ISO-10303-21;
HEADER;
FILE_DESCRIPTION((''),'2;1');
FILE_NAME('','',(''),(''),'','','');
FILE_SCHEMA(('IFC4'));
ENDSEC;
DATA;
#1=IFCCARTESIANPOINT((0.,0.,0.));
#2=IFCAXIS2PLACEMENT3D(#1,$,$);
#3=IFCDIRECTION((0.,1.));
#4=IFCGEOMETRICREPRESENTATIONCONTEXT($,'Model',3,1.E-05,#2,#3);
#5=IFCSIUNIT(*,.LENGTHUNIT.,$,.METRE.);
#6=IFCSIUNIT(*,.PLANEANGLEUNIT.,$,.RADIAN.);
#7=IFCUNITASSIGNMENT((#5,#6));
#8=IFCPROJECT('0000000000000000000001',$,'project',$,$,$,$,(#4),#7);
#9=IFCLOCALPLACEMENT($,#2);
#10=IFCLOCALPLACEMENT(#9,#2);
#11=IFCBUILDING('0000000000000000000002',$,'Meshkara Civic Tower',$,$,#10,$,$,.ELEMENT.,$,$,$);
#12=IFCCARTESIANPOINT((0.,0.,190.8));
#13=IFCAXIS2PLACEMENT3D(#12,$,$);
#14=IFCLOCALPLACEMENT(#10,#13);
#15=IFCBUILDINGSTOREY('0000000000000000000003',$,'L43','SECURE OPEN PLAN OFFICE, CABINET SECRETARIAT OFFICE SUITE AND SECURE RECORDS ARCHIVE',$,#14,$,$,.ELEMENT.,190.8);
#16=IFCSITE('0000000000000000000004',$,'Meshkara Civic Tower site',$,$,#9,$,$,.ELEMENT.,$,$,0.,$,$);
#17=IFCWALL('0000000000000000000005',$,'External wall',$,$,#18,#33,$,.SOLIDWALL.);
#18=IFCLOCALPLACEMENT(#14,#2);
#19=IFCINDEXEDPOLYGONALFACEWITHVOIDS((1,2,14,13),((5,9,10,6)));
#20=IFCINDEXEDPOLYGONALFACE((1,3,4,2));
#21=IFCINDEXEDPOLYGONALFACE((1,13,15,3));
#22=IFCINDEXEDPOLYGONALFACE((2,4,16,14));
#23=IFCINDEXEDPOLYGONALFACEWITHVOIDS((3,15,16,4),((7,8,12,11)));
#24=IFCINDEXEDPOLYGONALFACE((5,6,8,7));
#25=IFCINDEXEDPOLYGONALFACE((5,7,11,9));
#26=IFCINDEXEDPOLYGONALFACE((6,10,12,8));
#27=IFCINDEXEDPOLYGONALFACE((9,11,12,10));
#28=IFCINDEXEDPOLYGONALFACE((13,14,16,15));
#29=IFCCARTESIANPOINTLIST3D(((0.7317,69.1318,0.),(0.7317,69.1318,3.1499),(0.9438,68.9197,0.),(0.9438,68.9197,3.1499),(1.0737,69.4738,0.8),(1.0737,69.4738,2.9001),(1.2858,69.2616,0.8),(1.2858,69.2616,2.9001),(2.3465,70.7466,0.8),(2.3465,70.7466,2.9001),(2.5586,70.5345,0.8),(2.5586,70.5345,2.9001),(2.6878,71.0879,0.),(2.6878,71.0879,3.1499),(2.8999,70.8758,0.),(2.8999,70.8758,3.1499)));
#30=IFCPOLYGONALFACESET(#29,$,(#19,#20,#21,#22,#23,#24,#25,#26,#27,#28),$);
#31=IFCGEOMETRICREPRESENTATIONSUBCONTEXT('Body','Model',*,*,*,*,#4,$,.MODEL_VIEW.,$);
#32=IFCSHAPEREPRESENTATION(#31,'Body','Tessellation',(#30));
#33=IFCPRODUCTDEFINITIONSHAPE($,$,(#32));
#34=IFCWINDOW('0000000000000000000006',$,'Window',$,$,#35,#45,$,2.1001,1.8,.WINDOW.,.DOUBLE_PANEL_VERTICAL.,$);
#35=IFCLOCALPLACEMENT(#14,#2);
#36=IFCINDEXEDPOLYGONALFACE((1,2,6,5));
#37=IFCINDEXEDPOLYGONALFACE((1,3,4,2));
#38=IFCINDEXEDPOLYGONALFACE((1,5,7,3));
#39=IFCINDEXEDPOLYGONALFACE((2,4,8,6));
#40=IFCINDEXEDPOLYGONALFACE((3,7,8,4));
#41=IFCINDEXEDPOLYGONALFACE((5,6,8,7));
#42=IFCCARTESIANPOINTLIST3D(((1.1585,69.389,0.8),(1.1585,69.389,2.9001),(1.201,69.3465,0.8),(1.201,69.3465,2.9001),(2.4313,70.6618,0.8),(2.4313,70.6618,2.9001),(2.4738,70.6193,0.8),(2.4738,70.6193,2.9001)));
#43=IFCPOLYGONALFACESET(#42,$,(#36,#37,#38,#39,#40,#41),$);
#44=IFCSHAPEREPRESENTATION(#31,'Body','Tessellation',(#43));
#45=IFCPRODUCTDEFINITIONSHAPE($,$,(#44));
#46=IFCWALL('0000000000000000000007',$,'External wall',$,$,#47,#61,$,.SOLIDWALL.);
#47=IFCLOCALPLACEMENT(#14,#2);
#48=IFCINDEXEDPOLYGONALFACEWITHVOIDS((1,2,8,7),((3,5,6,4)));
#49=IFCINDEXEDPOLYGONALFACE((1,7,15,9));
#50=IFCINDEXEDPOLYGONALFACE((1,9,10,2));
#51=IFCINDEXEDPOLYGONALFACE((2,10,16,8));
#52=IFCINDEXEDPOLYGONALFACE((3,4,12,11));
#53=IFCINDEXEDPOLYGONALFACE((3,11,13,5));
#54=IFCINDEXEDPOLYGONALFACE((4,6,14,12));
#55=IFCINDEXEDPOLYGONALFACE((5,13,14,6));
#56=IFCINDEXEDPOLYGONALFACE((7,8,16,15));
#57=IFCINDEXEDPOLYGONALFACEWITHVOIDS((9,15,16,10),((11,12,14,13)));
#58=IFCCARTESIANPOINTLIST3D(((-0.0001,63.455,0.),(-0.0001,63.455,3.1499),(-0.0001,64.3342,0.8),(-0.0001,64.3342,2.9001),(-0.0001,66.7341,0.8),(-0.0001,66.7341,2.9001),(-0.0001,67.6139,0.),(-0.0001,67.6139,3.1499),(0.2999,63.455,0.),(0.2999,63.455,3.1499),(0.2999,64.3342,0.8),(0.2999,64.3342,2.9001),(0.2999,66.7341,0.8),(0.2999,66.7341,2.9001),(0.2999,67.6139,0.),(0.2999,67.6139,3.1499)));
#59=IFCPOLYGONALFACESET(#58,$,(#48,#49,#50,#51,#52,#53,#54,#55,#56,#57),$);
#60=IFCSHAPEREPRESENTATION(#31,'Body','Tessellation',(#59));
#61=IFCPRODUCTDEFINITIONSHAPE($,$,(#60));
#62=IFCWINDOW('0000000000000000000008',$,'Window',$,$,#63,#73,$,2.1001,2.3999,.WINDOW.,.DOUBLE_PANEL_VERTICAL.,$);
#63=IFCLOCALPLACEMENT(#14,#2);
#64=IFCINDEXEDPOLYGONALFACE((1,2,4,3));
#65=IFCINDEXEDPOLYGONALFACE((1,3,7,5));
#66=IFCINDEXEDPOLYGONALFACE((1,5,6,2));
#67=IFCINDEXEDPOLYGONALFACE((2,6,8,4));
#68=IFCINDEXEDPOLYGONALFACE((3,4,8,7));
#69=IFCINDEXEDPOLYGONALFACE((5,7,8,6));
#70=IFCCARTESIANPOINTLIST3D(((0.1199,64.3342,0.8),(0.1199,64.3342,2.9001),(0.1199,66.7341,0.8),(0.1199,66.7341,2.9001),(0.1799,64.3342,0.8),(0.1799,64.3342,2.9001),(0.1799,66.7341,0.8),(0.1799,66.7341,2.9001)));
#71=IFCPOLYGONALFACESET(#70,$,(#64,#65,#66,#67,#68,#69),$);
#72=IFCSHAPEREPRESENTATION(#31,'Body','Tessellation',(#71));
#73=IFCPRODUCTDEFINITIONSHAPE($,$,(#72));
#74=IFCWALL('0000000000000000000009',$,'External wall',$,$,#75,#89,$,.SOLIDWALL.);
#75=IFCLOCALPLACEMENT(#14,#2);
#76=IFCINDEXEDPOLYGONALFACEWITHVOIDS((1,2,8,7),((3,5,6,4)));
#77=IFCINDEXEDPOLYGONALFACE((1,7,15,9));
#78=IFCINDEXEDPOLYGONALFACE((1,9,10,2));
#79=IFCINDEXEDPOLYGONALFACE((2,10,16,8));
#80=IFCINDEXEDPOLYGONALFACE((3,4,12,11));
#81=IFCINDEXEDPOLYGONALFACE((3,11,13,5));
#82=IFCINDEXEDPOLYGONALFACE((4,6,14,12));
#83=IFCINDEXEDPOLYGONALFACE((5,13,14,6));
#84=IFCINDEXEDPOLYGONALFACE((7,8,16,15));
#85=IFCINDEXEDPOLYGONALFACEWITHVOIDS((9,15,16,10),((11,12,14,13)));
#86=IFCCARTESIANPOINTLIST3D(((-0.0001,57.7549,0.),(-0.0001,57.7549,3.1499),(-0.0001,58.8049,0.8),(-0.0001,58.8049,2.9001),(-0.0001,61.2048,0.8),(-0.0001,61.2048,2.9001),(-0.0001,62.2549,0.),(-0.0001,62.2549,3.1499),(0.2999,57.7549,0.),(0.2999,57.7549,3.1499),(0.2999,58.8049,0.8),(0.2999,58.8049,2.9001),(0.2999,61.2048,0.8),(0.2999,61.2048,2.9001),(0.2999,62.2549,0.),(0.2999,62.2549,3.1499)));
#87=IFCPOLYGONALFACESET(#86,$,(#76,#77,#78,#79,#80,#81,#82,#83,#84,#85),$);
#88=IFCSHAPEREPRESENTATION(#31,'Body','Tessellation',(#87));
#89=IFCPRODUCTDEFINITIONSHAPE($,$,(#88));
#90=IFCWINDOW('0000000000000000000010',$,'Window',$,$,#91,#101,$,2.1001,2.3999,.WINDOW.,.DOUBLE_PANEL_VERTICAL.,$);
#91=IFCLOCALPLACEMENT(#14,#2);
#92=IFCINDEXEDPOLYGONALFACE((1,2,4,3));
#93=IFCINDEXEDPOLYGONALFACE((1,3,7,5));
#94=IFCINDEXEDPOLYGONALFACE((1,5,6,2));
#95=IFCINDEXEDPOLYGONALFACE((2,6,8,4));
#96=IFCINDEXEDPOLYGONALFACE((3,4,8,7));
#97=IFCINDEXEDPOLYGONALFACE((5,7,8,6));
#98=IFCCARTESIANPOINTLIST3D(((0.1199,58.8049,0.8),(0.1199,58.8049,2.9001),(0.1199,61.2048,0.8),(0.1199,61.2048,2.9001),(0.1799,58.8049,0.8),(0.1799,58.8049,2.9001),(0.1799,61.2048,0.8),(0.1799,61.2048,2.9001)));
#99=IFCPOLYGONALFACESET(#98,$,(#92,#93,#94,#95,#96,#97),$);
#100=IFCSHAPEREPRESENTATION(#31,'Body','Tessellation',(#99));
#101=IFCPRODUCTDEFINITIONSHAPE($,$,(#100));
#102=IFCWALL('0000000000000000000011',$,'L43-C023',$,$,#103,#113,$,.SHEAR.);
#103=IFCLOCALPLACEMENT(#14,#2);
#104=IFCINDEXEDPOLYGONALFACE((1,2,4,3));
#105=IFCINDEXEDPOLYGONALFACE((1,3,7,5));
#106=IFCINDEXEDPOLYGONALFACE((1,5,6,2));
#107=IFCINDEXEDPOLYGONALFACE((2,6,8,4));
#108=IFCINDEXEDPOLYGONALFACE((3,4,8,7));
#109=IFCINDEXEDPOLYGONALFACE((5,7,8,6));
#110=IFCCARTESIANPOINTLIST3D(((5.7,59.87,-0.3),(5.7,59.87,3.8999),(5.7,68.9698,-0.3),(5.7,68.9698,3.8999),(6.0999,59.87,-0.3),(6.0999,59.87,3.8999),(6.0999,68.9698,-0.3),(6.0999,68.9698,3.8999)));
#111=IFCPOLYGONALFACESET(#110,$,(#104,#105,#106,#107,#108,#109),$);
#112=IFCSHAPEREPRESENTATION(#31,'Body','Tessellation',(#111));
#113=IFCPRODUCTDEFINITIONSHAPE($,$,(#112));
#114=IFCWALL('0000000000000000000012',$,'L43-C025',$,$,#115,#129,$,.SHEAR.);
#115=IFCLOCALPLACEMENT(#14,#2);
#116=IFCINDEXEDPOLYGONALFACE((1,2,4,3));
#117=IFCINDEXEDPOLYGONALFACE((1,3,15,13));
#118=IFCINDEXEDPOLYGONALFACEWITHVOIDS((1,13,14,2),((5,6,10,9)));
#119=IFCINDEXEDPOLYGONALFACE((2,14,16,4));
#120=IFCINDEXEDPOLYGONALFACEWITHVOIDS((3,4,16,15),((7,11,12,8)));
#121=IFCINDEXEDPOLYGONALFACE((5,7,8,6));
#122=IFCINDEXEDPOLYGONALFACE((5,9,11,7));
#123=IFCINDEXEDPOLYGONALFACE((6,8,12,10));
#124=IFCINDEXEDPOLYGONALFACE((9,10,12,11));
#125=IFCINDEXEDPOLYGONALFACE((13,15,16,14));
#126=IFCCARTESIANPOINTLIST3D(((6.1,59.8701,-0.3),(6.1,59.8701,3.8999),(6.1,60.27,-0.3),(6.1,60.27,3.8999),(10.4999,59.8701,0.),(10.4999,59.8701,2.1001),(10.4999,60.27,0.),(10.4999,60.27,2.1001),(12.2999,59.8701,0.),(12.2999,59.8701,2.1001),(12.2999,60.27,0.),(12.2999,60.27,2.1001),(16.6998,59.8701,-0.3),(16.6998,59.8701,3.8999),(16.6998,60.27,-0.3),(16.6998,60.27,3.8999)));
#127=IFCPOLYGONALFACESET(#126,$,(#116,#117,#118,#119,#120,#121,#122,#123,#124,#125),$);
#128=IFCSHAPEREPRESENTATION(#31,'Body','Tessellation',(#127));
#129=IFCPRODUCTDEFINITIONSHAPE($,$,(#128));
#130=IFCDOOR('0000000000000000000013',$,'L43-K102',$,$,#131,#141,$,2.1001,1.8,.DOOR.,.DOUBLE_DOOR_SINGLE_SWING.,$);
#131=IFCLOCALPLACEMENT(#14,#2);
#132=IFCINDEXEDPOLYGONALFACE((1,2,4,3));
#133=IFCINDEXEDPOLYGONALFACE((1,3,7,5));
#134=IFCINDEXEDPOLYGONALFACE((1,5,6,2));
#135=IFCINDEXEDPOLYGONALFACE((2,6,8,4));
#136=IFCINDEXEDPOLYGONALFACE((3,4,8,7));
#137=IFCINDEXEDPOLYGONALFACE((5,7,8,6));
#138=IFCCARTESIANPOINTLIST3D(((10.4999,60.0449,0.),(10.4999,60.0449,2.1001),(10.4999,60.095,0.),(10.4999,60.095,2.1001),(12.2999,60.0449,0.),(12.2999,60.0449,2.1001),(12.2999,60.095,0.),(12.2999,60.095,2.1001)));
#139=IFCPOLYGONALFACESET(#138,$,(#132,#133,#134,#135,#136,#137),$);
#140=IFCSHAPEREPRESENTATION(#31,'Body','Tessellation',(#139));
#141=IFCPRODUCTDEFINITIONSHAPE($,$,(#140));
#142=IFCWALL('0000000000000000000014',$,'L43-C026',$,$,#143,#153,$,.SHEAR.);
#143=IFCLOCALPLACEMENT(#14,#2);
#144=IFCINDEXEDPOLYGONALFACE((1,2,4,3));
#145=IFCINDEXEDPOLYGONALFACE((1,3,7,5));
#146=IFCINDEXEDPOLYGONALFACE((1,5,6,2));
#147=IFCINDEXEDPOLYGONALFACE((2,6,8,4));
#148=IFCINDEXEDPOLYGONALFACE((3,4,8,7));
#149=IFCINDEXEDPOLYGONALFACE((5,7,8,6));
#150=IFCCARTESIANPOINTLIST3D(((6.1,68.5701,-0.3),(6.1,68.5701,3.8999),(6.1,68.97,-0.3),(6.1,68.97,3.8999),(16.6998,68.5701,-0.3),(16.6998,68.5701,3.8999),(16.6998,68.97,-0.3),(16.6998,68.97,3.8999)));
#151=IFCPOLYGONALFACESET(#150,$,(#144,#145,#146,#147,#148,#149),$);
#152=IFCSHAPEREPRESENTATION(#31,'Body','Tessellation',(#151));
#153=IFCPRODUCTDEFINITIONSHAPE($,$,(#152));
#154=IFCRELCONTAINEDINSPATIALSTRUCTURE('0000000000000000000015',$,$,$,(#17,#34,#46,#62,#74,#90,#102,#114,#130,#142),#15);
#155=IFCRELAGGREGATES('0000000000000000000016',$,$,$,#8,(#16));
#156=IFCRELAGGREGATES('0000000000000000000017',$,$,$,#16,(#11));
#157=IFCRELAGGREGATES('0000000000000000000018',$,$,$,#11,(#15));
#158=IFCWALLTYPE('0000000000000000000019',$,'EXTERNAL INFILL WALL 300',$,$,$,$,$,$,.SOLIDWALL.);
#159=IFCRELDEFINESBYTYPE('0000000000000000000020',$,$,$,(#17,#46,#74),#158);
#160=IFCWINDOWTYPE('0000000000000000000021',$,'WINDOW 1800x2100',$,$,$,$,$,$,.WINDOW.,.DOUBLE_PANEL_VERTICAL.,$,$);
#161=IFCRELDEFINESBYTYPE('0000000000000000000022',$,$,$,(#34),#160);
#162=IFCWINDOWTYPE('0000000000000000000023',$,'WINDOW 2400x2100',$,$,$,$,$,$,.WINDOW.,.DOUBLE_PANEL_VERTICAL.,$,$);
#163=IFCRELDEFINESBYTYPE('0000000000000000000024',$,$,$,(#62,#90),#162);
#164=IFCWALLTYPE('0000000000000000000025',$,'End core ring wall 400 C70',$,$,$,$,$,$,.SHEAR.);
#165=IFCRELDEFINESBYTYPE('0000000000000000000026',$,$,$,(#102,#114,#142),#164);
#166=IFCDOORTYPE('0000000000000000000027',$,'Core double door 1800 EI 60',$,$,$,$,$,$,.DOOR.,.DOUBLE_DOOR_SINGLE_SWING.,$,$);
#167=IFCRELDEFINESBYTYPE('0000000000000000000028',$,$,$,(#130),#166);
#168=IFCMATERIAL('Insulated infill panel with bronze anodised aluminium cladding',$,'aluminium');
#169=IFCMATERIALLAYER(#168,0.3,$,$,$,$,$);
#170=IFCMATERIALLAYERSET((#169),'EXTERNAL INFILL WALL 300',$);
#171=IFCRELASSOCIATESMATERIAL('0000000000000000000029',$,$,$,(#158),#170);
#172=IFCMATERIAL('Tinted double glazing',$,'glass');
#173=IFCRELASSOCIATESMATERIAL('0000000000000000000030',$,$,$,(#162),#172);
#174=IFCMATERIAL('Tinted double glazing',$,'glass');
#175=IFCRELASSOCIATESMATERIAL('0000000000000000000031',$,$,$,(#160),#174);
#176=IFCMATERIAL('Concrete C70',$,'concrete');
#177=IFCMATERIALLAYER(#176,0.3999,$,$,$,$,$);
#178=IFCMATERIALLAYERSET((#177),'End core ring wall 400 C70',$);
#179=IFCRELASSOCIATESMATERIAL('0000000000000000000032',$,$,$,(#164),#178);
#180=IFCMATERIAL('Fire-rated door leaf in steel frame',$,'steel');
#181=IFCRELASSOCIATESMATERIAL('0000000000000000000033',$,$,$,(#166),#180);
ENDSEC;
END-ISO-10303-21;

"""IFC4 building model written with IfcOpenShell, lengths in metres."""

from ifc_helpers import new_model, si_unit, direction, frame, frame_2d, origin, place, context, subcontext, project, spatial, rectangle, extrude, material, layer, layer_set, type_object, element, fill, save


model = new_model("IFC4")

# Units and contexts
model_context = context("Model", 3, precision=1e-05, world=origin(), true_north=direction((0.0, 1.0)))
body_context = subcontext(model_context, "Body", "Model", "MODEL_VIEW")
ifc_project = project(units=[si_unit("LENGTHUNIT", "METRE"), si_unit("PLANEANGLEUNIT", "RADIAN")], contexts=[model_context])

# Site, building, storey
site_placement = place(None, origin())
site = spatial("IfcSite", under=ifc_project, at=site_placement, Name="Meshkara Civic Tower site", CompositionType="ELEMENT", RefElevation=0.0)
building_placement = place(site_placement, origin())
building = spatial("IfcBuilding", under=site, at=building_placement, Name="Meshkara Civic Tower", CompositionType="ELEMENT")
storey_placement = place(building_placement, frame((0.0, 0.0, 190.8)))
storey = spatial("IfcBuildingStorey", under=building, at=storey_placement, Name="L43", Description="SECURE OPEN PLAN OFFICE, CABINET SECRETARIAT OFFICE SUITE AND SECURE RECORDS ARCHIVE", CompositionType="ELEMENT", Elevation=190.8)

# Walls, openings, windows
ifc_material_1 = material(Name="Insulated infill panel with bronze anodised aluminium cladding", Category="aluminium")
ifc_layer_1 = layer(ifc_material_1, 0.3)
ifc_layer_set_1 = layer_set([ifc_layer_1], Name="EXTERNAL INFILL WALL 300")
wall_type_1 = type_object("IfcWallType", Name="EXTERNAL INFILL WALL 300", PredefinedType="SOLIDWALL", material=ifc_layer_set_1)
ifc_material_2 = material(Name="Tinted double glazing", Category="glass")
window_type_1 = type_object("IfcWindowType", Name="WINDOW 2400x2100", PartitioningType="DOUBLE_PANEL_VERTICAL", PredefinedType="WINDOW", material=ifc_material_2)
wall_1_placement = place(storey_placement, frame((2.7939, 70.9819, 0.0), z_axis=(0.0, 0.0, 1.0), x_axis=(-0.707107, -0.707107, 0.0)))
wall_1 = element("IfcWall", 1, at=wall_1_placement, inside=storey, type_object=wall_type_1, Name="External wall", PredefinedType="SOLIDWALL", context=body_context, shape_type="SweptSolid", body=[
    extrude(rectangle(XDim=2.7664, YDim=0.3, at=frame_2d((1.3833, 0.0))), origin(), (0.0, 0.0, 1.0), 3.1499),
])
opening_1_placement = place(wall_1_placement, frame((0.4829, 0.0, 0.8)))
opening_1 = element("IfcOpeningElement", 2, at=opening_1_placement, cuts=wall_1, PredefinedType="OPENING", context=body_context, shape_type="SweptSolid", body=[
    extrude(rectangle(XDim=1.8, YDim=2.1001, at=frame_2d((0.8999, 1.05))), frame((0.0, 0.1599, 0.0), z_axis=(0.0, -1.0, 0.0), x_axis=(1.0, 0.0, 0.0)), (0.0, 0.0, 1.0), 0.3201),
])
ifc_material_3 = material(Name="Tinted double glazing", Category="glass")
window_type_2 = type_object("IfcWindowType", Name="WINDOW 1800x2100", PartitioningType="DOUBLE_PANEL_VERTICAL", PredefinedType="WINDOW", material=ifc_material_3)
window_1_placement = place(opening_1_placement, origin())
window_1 = element("IfcWindow", 3, at=window_1_placement, inside=storey, type_object=window_type_2, Name="Window", OverallHeight=2.1001, OverallWidth=1.8, PartitioningType="DOUBLE_PANEL_VERTICAL", PredefinedType="WINDOW", context=body_context, shape_type="SweptSolid", body=[
    extrude(rectangle(XDim=1.8, YDim=2.1001, at=frame_2d((0.8999, 1.05))), frame((0.0, 0.03, 0.0), z_axis=(0.0, -1.0, 0.0), x_axis=(1.0, 0.0, 0.0)), (0.0, 0.0, 1.0), 0.0601),
])
fill(opening_1, window_1)
wall_2_placement = place(storey_placement, frame((0.1499, 67.614, 0.0), z_axis=(0.0, 0.0, 1.0), x_axis=(0.0, -1.0, 0.0)))
wall_2 = element("IfcWall", 4, at=wall_2_placement, inside=storey, type_object=wall_type_1, Name="External wall", PredefinedType="SOLIDWALL", context=body_context, shape_type="SweptSolid", body=[
    extrude(rectangle(XDim=4.1589, YDim=0.3, at=frame_2d((2.0796, 0.0))), origin(), (0.0, 0.0, 1.0), 3.1499),
])
opening_2_placement = place(wall_2_placement, frame((0.8799, 0.0, 0.8)))
opening_2 = element("IfcOpeningElement", 5, at=opening_2_placement, cuts=wall_2, PredefinedType="OPENING", context=body_context, shape_type="SweptSolid", body=[
    extrude(rectangle(XDim=2.3999, YDim=2.1001, at=frame_2d((1.2, 1.05))), frame((0.0, 0.1599, 0.0), z_axis=(0.0, -1.0, 0.0), x_axis=(1.0, 0.0, 0.0)), (0.0, 0.0, 1.0), 0.3201),
])
window_2_placement = place(opening_2_placement, origin())
window_2 = element("IfcWindow", 6, at=window_2_placement, inside=storey, type_object=window_type_1, Name="Window", OverallHeight=2.1001, OverallWidth=2.3999, PartitioningType="DOUBLE_PANEL_VERTICAL", PredefinedType="WINDOW", context=body_context, shape_type="SweptSolid", body=[
    extrude(rectangle(XDim=2.3999, YDim=2.1001, at=frame_2d((1.2, 1.05))), frame((0.0, 0.03, 0.0), z_axis=(0.0, -1.0, 0.0), x_axis=(1.0, 0.0, 0.0)), (0.0, 0.0, 1.0), 0.0601),
])
fill(opening_2, window_2)
wall_3_placement = place(storey_placement, frame((0.1499, 62.2549, 0.0), z_axis=(0.0, 0.0, 1.0), x_axis=(0.0, -1.0, 0.0)))
wall_3 = element("IfcWall", 7, at=wall_3_placement, inside=storey, type_object=wall_type_1, Name="External wall", PredefinedType="SOLIDWALL", context=body_context, shape_type="SweptSolid", body=[
    extrude(rectangle(XDim=4.5, YDim=0.3, at=frame_2d((2.25, 0.0))), origin(), (0.0, 0.0, 1.0), 3.1499),
])
opening_3_placement = place(wall_3_placement, frame((1.05, 0.0, 0.8)))
opening_3 = element("IfcOpeningElement", 8, at=opening_3_placement, cuts=wall_3, PredefinedType="OPENING", context=body_context, shape_type="SweptSolid", body=[
    extrude(rectangle(XDim=2.3999, YDim=2.1001, at=frame_2d((1.2, 1.05))), frame((0.0, 0.1599, 0.0), z_axis=(0.0, -1.0, 0.0), x_axis=(1.0, 0.0, 0.0)), (0.0, 0.0, 1.0), 0.3201),
])
window_3_placement = place(opening_3_placement, origin())
window_3 = element("IfcWindow", 9, at=window_3_placement, inside=storey, type_object=window_type_1, Name="Window", OverallHeight=2.1001, OverallWidth=2.3999, PartitioningType="DOUBLE_PANEL_VERTICAL", PredefinedType="WINDOW", context=body_context, shape_type="SweptSolid", body=[
    extrude(rectangle(XDim=2.3999, YDim=2.1001, at=frame_2d((1.2, 1.05))), frame((0.0, 0.03, 0.0), z_axis=(0.0, -1.0, 0.0), x_axis=(1.0, 0.0, 0.0)), (0.0, 0.0, 1.0), 0.0601),
])
fill(opening_3, window_3)

# Wall
ifc_material_4 = material(Name="Concrete C70", Category="concrete")
ifc_layer_2 = layer(ifc_material_4, 0.3999)
ifc_layer_set_2 = layer_set([ifc_layer_2], Name="End core ring wall 400 C70")
wall_type_2 = type_object("IfcWallType", Name="End core ring wall 400 C70", PredefinedType="SHEAR", material=ifc_layer_set_2)
wall_4_placement = place(storey_placement, frame((5.8999, 59.8701, -0.3), z_axis=(0.0, 0.0, 1.0), x_axis=(0.0, 1.0, 0.0)))
element("IfcWall", 10, at=wall_4_placement, inside=storey, type_object=wall_type_2, Name="L43-C023", PredefinedType="SHEAR", context=body_context, shape_type="SweptSolid", body=[
    extrude(rectangle(XDim=9.0999, YDim=0.3999, at=frame_2d((4.5498, 0.0))), origin(), (0.0, 0.0, 1.0), 4.2),
])

# Wall, opening, door
wall_5_placement = place(storey_placement, frame((6.1001, 60.0701, -0.3), z_axis=(0.0, 0.0, 1.0), x_axis=(1.0, 0.0, 0.0)))
wall_5 = element("IfcWall", 11, at=wall_5_placement, inside=storey, type_object=wall_type_2, Name="L43-C025", PredefinedType="SHEAR", context=body_context, shape_type="SweptSolid", body=[
    extrude(rectangle(XDim=10.5999, YDim=0.3999, at=frame_2d((5.2998, 0.0))), origin(), (0.0, 0.0, 1.0), 4.2),
])
opening_4_placement = place(wall_5_placement, frame((4.3999, 0.0, 0.3)))
opening_4 = element("IfcOpeningElement", 12, at=opening_4_placement, cuts=wall_5, PredefinedType="OPENING", context=body_context, shape_type="SweptSolid", body=[
    extrude(rectangle(XDim=1.8, YDim=2.1001, at=frame_2d((0.8999, 1.05))), frame((0.0, 0.21, 0.0), z_axis=(0.0, -1.0, 0.0), x_axis=(1.0, 0.0, 0.0)), (0.0, 0.0, 1.0), 0.4199),
])
ifc_material_5 = material(Name="Fire-rated door leaf in steel frame", Category="steel")
door_type_1 = type_object("IfcDoorType", Name="Core double door 1800 EI 60", OperationType="DOUBLE_DOOR_SINGLE_SWING", PredefinedType="DOOR", material=ifc_material_5)
door_1_placement = place(opening_4_placement, origin())
door_1 = element("IfcDoor", 13, at=door_1_placement, inside=storey, type_object=door_type_1, Name="L43-K102", OperationType="DOUBLE_DOOR_SINGLE_SWING", OverallHeight=2.1001, OverallWidth=1.8, PredefinedType="DOOR", context=body_context, shape_type="SweptSolid", body=[
    extrude(rectangle(XDim=1.8, YDim=2.1001, at=frame_2d((0.8999, 1.05))), frame((0.0, 0.0249, 0.0), z_axis=(0.0, -1.0, 0.0), x_axis=(1.0, 0.0, 0.0)), (0.0, 0.0, 1.0), 0.05),
])
fill(opening_4, door_1)

# Wall
wall_6_placement = place(storey_placement, frame((6.1001, 68.77, -0.3), z_axis=(0.0, 0.0, 1.0), x_axis=(1.0, 0.0, 0.0)))
element("IfcWall", 14, at=wall_6_placement, inside=storey, type_object=wall_type_2, Name="L43-C026", PredefinedType="SHEAR", context=body_context, shape_type="SweptSolid", body=[
    extrude(rectangle(XDim=10.5999, YDim=0.3999, at=frame_2d((5.2998, 0.0))), origin(), (0.0, 0.0, 1.0), 4.2),
])

save(model, "model.ifc")
